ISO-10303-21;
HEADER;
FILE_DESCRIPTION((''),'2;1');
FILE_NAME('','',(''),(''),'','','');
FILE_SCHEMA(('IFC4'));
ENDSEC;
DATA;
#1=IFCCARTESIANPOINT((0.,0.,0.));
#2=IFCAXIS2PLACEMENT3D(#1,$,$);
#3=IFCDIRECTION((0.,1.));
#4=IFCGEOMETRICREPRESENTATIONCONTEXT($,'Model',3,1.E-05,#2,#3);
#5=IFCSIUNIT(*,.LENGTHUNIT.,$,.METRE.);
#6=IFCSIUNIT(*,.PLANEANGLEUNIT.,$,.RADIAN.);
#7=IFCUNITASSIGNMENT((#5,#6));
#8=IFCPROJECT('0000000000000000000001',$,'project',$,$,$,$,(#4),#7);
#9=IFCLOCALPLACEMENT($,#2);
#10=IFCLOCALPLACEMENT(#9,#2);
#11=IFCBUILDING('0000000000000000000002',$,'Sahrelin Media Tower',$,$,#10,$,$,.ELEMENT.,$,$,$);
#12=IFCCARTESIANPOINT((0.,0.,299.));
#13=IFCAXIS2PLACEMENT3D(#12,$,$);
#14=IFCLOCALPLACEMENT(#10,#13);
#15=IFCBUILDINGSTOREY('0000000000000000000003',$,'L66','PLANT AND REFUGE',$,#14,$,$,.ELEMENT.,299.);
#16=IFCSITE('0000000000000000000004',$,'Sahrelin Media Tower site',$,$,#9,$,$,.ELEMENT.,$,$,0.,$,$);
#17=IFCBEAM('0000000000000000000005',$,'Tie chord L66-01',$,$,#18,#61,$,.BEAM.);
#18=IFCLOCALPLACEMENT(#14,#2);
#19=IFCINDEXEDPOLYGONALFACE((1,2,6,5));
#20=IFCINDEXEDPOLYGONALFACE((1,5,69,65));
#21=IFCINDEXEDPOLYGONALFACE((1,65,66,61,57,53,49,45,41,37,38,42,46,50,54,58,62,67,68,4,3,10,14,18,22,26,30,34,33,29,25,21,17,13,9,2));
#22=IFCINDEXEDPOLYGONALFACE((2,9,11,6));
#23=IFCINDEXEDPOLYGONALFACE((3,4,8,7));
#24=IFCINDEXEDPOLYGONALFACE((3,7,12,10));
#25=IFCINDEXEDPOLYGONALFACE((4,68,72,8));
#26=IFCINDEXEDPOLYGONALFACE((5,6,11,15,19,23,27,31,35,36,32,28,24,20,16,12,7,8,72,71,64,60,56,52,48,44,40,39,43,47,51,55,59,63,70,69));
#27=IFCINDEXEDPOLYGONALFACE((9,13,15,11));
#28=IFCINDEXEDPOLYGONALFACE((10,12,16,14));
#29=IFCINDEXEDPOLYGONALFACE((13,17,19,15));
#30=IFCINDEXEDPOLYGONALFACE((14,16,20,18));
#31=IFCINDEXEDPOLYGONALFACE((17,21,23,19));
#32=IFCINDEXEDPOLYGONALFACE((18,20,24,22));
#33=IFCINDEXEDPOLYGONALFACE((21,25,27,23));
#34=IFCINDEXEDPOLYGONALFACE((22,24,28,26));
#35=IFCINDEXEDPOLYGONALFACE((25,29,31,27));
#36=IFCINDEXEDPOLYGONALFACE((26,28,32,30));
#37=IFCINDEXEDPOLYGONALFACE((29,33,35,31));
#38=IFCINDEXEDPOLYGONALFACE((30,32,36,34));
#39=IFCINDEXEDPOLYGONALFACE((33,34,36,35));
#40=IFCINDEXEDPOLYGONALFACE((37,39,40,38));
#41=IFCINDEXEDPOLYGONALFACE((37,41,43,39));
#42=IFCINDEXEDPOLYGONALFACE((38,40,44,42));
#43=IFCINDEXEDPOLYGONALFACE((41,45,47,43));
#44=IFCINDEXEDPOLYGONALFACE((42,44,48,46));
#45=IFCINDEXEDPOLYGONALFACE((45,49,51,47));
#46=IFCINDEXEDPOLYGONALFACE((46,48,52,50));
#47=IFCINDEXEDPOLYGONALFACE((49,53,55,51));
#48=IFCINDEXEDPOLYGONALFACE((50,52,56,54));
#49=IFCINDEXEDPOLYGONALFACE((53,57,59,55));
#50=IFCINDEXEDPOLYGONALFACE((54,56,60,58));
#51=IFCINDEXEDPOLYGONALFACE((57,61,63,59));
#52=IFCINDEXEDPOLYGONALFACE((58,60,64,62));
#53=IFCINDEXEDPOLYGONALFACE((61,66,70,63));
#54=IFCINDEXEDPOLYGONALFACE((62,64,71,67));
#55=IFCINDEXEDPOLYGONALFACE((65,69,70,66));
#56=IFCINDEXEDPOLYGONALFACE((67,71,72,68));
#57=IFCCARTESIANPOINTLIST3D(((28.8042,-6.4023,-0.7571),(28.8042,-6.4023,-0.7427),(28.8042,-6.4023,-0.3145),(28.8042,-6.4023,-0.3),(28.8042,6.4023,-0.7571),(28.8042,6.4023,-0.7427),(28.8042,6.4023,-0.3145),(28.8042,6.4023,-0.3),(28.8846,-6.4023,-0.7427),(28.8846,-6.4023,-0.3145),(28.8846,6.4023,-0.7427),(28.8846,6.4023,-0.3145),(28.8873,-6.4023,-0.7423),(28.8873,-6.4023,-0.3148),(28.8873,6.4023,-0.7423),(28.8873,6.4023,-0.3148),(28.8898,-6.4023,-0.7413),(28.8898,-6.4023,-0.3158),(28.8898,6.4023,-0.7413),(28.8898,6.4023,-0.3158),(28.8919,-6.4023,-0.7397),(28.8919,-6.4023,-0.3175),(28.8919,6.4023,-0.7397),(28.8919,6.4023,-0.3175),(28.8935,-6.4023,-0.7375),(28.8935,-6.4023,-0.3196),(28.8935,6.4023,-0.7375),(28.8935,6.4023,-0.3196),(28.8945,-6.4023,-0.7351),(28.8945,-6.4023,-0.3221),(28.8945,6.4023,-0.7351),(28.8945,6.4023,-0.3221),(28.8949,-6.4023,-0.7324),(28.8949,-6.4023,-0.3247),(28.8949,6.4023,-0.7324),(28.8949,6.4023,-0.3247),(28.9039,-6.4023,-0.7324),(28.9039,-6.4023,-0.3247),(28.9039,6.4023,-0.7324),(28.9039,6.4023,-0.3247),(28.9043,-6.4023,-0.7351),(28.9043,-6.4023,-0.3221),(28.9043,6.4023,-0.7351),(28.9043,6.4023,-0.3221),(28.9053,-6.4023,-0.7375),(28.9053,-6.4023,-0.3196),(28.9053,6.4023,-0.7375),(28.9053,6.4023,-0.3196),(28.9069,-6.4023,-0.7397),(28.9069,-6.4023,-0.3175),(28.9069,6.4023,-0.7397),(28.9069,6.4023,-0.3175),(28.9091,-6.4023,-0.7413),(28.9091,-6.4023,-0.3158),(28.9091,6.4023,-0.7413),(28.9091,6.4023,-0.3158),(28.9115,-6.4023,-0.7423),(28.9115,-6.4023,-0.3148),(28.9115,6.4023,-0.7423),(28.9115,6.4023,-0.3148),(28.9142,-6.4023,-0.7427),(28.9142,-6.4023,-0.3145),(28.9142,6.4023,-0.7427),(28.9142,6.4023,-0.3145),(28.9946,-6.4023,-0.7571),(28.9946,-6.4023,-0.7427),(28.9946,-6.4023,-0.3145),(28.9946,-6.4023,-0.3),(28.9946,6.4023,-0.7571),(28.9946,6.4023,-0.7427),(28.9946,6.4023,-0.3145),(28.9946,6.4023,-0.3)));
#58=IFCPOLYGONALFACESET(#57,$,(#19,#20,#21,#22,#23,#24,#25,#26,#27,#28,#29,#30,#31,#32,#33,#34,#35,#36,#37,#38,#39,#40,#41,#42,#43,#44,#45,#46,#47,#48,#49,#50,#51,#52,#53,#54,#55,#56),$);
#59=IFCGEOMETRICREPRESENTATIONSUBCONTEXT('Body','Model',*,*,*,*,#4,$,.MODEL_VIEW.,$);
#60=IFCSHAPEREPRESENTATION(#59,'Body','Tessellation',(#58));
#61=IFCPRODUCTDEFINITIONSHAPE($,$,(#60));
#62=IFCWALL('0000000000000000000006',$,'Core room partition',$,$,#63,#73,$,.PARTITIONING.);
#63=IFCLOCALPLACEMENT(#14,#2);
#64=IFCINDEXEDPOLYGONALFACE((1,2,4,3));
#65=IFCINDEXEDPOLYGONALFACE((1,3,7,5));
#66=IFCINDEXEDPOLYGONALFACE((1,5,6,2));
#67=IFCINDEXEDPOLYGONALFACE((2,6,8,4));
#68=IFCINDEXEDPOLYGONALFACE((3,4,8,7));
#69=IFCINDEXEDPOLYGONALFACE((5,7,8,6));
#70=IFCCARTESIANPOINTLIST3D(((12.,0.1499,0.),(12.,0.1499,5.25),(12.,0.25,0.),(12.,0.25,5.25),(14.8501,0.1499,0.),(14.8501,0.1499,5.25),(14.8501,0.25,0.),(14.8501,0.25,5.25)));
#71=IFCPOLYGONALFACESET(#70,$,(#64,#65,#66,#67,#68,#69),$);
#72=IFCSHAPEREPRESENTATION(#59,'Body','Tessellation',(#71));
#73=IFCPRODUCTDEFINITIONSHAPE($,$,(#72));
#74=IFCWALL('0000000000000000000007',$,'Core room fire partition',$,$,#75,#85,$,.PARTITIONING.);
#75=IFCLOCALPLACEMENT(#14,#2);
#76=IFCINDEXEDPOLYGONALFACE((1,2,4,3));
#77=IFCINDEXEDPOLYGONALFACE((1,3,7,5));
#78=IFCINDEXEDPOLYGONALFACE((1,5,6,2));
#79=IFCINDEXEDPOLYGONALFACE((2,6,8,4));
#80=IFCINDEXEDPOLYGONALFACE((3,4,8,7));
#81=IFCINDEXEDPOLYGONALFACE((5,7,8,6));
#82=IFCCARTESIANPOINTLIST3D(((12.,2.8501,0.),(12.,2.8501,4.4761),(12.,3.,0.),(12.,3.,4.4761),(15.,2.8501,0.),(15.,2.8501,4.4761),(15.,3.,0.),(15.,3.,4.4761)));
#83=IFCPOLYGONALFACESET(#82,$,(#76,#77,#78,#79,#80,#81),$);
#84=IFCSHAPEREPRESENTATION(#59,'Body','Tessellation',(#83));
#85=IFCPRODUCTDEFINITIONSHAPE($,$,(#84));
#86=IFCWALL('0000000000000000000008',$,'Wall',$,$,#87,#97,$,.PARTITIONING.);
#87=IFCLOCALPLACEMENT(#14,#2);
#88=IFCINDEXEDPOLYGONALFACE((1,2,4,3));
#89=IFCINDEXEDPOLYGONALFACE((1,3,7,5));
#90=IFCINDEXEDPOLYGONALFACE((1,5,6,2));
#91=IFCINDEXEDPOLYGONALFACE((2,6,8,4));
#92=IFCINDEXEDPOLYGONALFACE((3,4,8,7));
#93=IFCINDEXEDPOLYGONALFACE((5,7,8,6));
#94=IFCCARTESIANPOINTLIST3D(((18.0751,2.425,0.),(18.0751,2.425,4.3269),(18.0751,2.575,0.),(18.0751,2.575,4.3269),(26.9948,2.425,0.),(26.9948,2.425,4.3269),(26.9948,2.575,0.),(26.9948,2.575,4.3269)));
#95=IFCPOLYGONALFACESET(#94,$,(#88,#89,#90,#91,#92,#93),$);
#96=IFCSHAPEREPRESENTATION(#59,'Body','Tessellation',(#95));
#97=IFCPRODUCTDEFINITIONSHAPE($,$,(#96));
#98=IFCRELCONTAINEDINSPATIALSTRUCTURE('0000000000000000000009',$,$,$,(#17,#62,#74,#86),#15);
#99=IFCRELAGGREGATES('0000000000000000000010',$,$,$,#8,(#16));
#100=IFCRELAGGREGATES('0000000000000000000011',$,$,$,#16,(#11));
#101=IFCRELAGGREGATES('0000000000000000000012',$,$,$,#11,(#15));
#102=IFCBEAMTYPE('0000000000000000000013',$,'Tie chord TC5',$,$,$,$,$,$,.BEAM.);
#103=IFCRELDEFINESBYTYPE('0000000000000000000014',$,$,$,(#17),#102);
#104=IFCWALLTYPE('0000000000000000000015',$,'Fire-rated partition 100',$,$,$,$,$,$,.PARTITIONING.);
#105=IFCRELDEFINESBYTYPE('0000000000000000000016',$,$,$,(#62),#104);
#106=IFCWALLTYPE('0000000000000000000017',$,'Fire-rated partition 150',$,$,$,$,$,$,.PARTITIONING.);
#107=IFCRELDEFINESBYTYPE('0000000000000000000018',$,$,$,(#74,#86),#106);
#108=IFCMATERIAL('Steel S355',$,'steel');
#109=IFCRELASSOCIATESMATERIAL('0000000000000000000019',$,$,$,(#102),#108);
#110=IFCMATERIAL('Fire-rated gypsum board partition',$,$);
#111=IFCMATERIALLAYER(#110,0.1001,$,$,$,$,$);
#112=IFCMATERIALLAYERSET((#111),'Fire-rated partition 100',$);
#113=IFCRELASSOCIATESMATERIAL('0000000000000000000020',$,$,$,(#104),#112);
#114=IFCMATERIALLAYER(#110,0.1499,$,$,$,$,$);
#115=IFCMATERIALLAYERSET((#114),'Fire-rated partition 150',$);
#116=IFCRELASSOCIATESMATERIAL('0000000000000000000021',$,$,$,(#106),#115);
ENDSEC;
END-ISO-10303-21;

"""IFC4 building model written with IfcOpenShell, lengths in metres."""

from ifc_helpers import new_model, si_unit, direction, frame, frame_2d, origin, origin_2d, place, context, subcontext, project, spatial, rectangle, i_section, extrude, material, layer, layer_set, material_profile, profile_set, type_object, element, save


model = new_model("IFC4")

# Units and contexts
model_context = context("Model", 3, precision=1e-05, world=origin(), true_north=direction((0.0, 1.0)))
body_context = subcontext(model_context, "Body", "Model", "MODEL_VIEW")
ifc_project = project(units=[si_unit("LENGTHUNIT", "METRE"), si_unit("PLANEANGLEUNIT", "RADIAN")], contexts=[model_context])

# Site, building, storey
site_placement = place(None, origin())
site = spatial("IfcSite", under=ifc_project, at=site_placement, Name="Sahrelin Media Tower site", CompositionType="ELEMENT", RefElevation=0.0)
building_placement = place(site_placement, origin())
building = spatial("IfcBuilding", under=site, at=building_placement, Name="Sahrelin Media Tower", CompositionType="ELEMENT")
storey_placement = place(building_placement, frame((0.0, 0.0, 299.0)))
storey = spatial("IfcBuildingStorey", under=building, at=storey_placement, Name="L66", Description="PLANT AND REFUGE", CompositionType="ELEMENT", Elevation=299.0)

# Beam
ifc_material_1 = material(Name="Steel S355", Category="steel")
ifc_material_profile_1 = material_profile(ifc_material_1, i_section(OverallWidth=0.1904, OverallDepth=0.457, WebThickness=0.009, FlangeThickness=0.0144, FilletRadius=0.0103, at=origin_2d()), Name="UB 457x191x74")
ifc_profile_set_1 = profile_set([ifc_material_profile_1], Name="Steel S355")
beam_type_1 = type_object("IfcBeamType", Name="Tie chord TC5", PredefinedType="BEAM", material=ifc_profile_set_1)
beam_1_placement = place(storey_placement, frame((28.8994, 6.4023, -0.5286), z_axis=(0.0, -1.0, 0.0), x_axis=(1.0, 0.0, 0.0)))
element("IfcBeam", 1, at=beam_1_placement, inside=storey, type_object=beam_type_1, Name="Tie chord L66-01", PredefinedType="BEAM", context=body_context, shape_type="SweptSolid", body=[
    extrude(i_section(OverallWidth=0.1904, OverallDepth=0.457, WebThickness=0.009, FlangeThickness=0.0144, FilletRadius=0.0103, at=origin_2d()), origin(), (0.0, 0.0, 1.0), 12.8047),
])

# Walls
ifc_material_2 = material(Name="Fire-rated gypsum board partition")
ifc_layer_1 = layer(ifc_material_2, 0.1001)
ifc_layer_set_1 = layer_set([ifc_layer_1], Name="Fire-rated partition 100")
wall_type_1 = type_object("IfcWallType", Name="Fire-rated partition 100", PredefinedType="PARTITIONING", material=ifc_layer_set_1)
wall_1_placement = place(storey_placement, frame((12.0, 0.2, 0.0), z_axis=(0.0, 0.0, 1.0), x_axis=(1.0, 0.0, 0.0)))
element("IfcWall", 2, at=wall_1_placement, inside=storey, type_object=wall_type_1, Name="Core room partition", PredefinedType="PARTITIONING", context=body_context, shape_type="SweptSolid", body=[
    extrude(rectangle(XDim=2.8501, YDim=0.1001, at=frame_2d((1.425, 0.0))), origin(), (0.0, 0.0, 1.0), 5.25),
])
ifc_layer_2 = layer(ifc_material_2, 0.1499)
ifc_layer_set_2 = layer_set([ifc_layer_2], Name="Fire-rated partition 150")
wall_type_2 = type_object("IfcWallType", Name="Fire-rated partition 150", PredefinedType="PARTITIONING", material=ifc_layer_set_2)
wall_2_placement = place(storey_placement, frame((12.0, 2.925, 0.0), z_axis=(0.0, 0.0, 1.0), x_axis=(1.0, 0.0, 0.0)))
element("IfcWall", 3, at=wall_2_placement, inside=storey, type_object=wall_type_2, Name="Core room fire partition", PredefinedType="PARTITIONING", context=body_context, shape_type="SweptSolid", body=[
    extrude(rectangle(XDim=3.0, YDim=0.1499, at=frame_2d((1.5, 0.0))), origin(), (0.0, 0.0, 1.0), 4.4761),
])
wall_3_placement = place(storey_placement, frame((18.075, 2.5, 0.0), z_axis=(0.0, 0.0, 1.0), x_axis=(1.0, 0.0, 0.0)))
element("IfcWall", 4, at=wall_3_placement, inside=storey, type_object=wall_type_2, Name="Wall", PredefinedType="PARTITIONING", context=body_context, shape_type="SweptSolid", body=[
    extrude(rectangle(XDim=8.9197, YDim=0.1499, at=frame_2d((4.46, 0.0))), origin(), (0.0, 0.0, 1.0), 4.3269),
])

save(model, "model.ifc")
